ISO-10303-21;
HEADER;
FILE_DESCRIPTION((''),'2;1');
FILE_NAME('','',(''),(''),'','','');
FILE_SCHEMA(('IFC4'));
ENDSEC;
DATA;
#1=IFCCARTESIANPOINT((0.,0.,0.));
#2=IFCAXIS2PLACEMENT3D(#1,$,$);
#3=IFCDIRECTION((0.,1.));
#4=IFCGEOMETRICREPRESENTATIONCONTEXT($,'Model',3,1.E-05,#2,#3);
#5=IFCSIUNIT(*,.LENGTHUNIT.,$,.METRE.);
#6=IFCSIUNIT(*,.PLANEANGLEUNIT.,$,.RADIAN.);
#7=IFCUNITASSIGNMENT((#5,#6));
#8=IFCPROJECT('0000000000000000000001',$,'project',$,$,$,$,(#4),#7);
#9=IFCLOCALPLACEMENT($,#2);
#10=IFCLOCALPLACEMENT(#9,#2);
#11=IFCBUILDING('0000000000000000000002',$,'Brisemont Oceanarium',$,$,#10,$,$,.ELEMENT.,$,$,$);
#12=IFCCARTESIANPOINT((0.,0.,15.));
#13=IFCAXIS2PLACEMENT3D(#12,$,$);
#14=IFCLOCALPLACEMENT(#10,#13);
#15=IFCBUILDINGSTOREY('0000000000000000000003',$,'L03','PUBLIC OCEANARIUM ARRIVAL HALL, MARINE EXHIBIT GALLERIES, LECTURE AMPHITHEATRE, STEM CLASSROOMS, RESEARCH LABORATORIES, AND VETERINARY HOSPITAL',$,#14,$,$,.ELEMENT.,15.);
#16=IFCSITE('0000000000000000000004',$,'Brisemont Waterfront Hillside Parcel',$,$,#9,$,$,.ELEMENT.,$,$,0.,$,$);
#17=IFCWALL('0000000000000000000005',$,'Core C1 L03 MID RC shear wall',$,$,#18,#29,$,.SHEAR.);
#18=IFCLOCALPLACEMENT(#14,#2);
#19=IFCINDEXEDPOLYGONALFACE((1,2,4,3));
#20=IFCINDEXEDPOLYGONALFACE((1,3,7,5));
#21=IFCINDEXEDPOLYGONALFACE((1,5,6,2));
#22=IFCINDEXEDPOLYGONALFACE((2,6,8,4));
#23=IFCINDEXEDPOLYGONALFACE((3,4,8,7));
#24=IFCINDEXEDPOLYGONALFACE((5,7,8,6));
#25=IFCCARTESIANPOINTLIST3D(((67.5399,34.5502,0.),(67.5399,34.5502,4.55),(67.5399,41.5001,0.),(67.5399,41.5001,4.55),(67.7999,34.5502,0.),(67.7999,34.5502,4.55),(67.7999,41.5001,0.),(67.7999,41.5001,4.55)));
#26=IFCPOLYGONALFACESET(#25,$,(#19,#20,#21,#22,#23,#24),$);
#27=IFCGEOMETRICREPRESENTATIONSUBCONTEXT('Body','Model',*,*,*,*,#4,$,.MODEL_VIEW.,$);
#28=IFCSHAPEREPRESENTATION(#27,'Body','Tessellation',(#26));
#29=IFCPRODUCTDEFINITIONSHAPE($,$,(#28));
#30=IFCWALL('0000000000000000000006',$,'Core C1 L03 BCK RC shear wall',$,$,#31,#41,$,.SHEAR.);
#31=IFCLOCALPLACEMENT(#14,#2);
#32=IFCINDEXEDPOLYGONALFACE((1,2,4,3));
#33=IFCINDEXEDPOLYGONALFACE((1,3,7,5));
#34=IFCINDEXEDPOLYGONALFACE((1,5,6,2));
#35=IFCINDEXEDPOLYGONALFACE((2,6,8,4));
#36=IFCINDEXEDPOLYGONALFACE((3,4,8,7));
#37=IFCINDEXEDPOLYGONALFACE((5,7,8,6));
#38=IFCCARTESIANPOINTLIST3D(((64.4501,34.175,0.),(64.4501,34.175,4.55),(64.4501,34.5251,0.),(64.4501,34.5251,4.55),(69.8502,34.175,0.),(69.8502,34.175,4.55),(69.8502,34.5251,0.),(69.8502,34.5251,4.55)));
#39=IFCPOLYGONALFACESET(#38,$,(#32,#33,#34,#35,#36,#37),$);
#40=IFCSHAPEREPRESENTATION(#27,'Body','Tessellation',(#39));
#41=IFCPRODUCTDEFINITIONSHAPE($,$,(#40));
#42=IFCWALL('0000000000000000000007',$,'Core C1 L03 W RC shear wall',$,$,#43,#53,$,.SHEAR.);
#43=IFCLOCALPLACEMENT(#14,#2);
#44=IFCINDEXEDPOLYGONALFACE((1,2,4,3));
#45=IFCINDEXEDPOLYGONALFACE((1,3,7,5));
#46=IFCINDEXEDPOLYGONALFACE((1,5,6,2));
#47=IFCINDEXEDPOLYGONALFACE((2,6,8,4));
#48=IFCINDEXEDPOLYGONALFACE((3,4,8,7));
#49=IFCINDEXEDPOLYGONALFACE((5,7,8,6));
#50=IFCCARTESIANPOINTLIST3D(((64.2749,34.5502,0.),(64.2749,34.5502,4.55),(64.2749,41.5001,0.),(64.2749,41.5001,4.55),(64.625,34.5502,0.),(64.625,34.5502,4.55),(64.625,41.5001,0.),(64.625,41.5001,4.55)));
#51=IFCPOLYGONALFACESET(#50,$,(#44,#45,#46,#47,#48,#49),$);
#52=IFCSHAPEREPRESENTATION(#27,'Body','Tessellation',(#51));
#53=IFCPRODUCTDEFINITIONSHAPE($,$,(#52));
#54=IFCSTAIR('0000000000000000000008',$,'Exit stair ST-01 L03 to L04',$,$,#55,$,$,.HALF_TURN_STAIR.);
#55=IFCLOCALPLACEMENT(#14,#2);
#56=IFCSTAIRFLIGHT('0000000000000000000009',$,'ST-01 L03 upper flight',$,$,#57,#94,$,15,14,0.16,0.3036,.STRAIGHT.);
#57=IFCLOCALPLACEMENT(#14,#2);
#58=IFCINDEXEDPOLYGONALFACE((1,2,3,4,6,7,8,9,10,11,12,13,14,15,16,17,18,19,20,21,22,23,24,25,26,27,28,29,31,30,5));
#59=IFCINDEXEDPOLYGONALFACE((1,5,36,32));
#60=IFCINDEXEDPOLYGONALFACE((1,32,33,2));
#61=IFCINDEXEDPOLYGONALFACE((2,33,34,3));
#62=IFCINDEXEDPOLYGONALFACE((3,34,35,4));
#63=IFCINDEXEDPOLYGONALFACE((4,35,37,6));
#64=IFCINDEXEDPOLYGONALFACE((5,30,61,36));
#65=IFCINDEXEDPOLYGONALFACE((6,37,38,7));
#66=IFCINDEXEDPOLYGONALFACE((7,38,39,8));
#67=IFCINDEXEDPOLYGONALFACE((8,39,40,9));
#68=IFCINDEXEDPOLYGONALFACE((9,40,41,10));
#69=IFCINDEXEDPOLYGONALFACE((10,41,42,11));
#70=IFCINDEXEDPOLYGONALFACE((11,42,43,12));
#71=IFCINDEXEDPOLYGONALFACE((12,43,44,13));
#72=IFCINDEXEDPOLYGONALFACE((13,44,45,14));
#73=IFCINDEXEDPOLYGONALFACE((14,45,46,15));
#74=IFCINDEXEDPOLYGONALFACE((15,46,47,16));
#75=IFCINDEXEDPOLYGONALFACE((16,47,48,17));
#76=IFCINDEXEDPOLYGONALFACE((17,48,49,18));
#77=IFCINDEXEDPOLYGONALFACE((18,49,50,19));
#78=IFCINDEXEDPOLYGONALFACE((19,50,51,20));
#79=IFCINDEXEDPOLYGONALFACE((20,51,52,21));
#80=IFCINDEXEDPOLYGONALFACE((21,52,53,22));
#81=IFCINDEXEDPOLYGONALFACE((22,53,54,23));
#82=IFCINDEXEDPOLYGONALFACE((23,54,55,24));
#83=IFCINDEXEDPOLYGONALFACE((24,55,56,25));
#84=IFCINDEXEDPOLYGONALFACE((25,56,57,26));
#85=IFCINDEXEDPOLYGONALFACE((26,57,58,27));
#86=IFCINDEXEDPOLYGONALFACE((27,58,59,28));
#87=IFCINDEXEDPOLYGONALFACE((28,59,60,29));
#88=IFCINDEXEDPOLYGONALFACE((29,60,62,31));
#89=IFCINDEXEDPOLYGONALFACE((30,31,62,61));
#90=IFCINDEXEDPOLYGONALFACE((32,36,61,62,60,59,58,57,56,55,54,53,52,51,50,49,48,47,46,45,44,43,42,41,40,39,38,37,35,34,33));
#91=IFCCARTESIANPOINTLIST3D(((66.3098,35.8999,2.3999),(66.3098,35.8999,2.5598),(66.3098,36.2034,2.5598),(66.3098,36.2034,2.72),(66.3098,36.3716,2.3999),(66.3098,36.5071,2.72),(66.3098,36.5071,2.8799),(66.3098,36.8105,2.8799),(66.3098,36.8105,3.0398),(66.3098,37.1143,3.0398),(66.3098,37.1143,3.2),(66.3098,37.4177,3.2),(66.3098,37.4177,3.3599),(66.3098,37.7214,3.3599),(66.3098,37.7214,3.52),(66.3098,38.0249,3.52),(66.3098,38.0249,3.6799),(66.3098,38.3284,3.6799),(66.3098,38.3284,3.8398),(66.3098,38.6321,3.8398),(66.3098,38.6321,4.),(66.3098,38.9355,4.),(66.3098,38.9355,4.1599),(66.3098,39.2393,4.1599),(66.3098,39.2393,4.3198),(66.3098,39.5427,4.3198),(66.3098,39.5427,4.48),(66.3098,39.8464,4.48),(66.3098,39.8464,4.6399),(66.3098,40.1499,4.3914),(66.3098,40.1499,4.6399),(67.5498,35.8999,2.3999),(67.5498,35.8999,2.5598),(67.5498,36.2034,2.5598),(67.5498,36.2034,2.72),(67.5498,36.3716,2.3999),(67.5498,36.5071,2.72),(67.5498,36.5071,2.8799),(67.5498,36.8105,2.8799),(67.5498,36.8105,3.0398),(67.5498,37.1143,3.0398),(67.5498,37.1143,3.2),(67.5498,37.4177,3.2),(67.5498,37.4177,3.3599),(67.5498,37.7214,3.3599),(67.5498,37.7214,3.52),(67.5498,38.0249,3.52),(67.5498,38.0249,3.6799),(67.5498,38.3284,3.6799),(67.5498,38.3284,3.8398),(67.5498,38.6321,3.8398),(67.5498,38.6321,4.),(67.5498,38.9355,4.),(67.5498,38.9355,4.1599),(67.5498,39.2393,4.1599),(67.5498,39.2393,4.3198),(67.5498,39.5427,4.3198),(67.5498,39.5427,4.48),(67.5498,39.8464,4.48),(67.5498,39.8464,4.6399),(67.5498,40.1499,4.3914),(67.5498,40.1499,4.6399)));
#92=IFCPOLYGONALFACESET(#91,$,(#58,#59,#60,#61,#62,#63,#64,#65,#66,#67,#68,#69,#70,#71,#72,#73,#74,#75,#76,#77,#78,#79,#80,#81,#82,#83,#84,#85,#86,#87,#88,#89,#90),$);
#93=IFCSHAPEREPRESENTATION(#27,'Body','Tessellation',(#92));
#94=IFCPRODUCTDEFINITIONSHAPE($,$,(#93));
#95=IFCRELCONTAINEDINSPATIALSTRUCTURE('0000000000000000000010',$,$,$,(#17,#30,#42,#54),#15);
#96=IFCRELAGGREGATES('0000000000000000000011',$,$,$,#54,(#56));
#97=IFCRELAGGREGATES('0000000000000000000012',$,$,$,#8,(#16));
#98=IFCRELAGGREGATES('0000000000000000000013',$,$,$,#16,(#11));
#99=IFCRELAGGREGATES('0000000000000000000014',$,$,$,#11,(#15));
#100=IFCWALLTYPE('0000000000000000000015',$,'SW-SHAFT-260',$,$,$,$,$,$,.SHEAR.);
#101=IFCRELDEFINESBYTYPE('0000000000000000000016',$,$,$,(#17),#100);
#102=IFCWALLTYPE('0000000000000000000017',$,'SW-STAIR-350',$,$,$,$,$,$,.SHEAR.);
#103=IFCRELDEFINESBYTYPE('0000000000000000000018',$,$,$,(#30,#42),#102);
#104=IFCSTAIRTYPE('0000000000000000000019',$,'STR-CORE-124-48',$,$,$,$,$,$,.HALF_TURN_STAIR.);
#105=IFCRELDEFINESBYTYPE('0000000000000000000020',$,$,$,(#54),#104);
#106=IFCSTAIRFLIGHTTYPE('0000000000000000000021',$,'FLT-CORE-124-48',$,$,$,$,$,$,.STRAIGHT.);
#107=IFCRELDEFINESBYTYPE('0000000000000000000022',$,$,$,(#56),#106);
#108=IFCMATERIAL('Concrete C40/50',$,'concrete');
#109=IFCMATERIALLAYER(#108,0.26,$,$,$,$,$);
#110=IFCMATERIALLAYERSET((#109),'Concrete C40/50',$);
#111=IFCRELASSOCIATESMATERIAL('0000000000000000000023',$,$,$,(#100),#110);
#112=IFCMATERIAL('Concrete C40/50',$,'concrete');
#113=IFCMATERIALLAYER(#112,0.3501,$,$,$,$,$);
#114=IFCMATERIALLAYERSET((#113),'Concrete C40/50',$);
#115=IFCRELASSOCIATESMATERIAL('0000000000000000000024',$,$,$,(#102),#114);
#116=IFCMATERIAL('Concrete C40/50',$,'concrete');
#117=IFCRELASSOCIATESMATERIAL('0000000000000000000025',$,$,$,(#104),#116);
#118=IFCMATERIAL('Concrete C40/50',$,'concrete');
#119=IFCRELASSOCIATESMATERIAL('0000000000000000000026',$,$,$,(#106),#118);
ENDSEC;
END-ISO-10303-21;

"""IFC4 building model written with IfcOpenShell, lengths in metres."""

from ifc_helpers import new_model, si_unit, direction, frame, frame_2d, origin, place, context, subcontext, project, spatial, polyline, rectangle, outline, extrude, material, layer, layer_set, type_object, element, aggregate, save


model = new_model("IFC4")

# Units and contexts
model_context = context("Model", 3, precision=1e-05, world=origin(), true_north=direction((0.0, 1.0)))
body_context = subcontext(model_context, "Body", "Model", "MODEL_VIEW")
ifc_project = project(units=[si_unit("LENGTHUNIT", "METRE"), si_unit("PLANEANGLEUNIT", "RADIAN")], contexts=[model_context])

# Site, building, storey
site_placement = place(None, origin())
site = spatial("IfcSite", under=ifc_project, at=site_placement, Name="Brisemont Waterfront Hillside Parcel", CompositionType="ELEMENT", RefElevation=0.0)
building_placement = place(site_placement, origin())
building = spatial("IfcBuilding", under=site, at=building_placement, Name="Brisemont Oceanarium", CompositionType="ELEMENT")
storey_placement = place(building_placement, frame((0.0, 0.0, 15.0)))
storey = spatial("IfcBuildingStorey", under=building, at=storey_placement, Name="L03", Description="PUBLIC OCEANARIUM ARRIVAL HALL, MARINE EXHIBIT GALLERIES, LECTURE AMPHITHEATRE, STEM CLASSROOMS, RESEARCH LABORATORIES, AND VETERINARY HOSPITAL", CompositionType="ELEMENT", Elevation=15.0)

# Walls
ifc_material_1 = material(Name="Concrete C40/50", Category="concrete")
ifc_layer_1 = layer(ifc_material_1, 0.26)
ifc_layer_set_1 = layer_set([ifc_layer_1], Name="Concrete C40/50")
wall_type_1 = type_object("IfcWallType", Name="SW-SHAFT-260", PredefinedType="SHEAR", material=ifc_layer_set_1)
for number, where, z_axis, x_axis, name in (
    (1, (67.6699, 34.55, 0.0), (0.0, 0.0, 1.0), (0.0, 1.0, 0.0), "Core C1 L03 MID RC shear wall"),
):
    element("IfcWall", number, at=place(storey_placement, frame(where, z_axis=z_axis, x_axis=x_axis)), inside=storey, type_object=wall_type_1, Name=name, PredefinedType="SHEAR", context=body_context, shape_type="SweptSolid", body=[
        extrude(rectangle(XDim=6.95, YDim=0.26, at=frame_2d((3.4751, 0.0))), origin(), (0.0, 0.0, 1.0), 4.55),
    ])
ifc_material_2 = material(Name="Concrete C40/50", Category="concrete")
ifc_layer_2 = layer(ifc_material_2, 0.3501)
ifc_layer_set_2 = layer_set([ifc_layer_2], Name="Concrete C40/50")
wall_type_2 = type_object("IfcWallType", Name="SW-STAIR-350", PredefinedType="SHEAR", material=ifc_layer_set_2)
wall_1_placement = place(storey_placement, frame((64.45, 34.3501, 0.0), z_axis=(0.0, 0.0, 1.0), x_axis=(1.0, 0.0, 0.0)))
element("IfcWall", 2, at=wall_1_placement, inside=storey, type_object=wall_type_2, Name="Core C1 L03 BCK RC shear wall", PredefinedType="SHEAR", context=body_context, shape_type="SweptSolid", body=[
    extrude(rectangle(XDim=5.4001, YDim=0.3501, at=frame_2d((2.7002, 0.0))), origin(), (0.0, 0.0, 1.0), 4.55),
])
wall_2_placement = place(storey_placement, frame((64.45, 34.55, 0.0), z_axis=(0.0, 0.0, 1.0), x_axis=(0.0, 1.0, 0.0)))
element("IfcWall", 3, at=wall_2_placement, inside=storey, type_object=wall_type_2, Name="Core C1 L03 W RC shear wall", PredefinedType="SHEAR", context=body_context, shape_type="SweptSolid", body=[
    extrude(rectangle(XDim=6.95, YDim=0.3501, at=frame_2d((3.4751, 0.0))), origin(), (0.0, 0.0, 1.0), 4.55),
])

# Stair, stair flight
ifc_material_3 = material(Name="Concrete C40/50", Category="concrete")
stair_type = type_object("IfcStairType", Name="STR-CORE-124-48", PredefinedType="HALF_TURN_STAIR", material=ifc_material_3)
stair_placement = place(storey_placement, origin())
stair = element("IfcStair", 4, at=stair_placement, inside=storey, type_object=stair_type, Name="Exit stair ST-01 L03 to L04", PredefinedType="HALF_TURN_STAIR")
ifc_material_4 = material(Name="Concrete C40/50", Category="concrete")
stair_flight_type = type_object("IfcStairFlightType", Name="FLT-CORE-124-48", PredefinedType="STRAIGHT", material=ifc_material_4)
stair_flight_placement = place(storey_placement, frame((66.9299, 35.8999, 2.3999), z_axis=(0.0, 0.0, 1.0), x_axis=(0.0, 1.0, 0.0)))
stair_flight = element("IfcStairFlight", 5, at=stair_flight_placement, type_object=stair_flight_type, Name="ST-01 L03 upper flight", NumberOfRisers=15, NumberOfTreads=14, PredefinedType="STRAIGHT", RiserHeight=0.16, TreadLength=0.3036, context=body_context, shape_type="SweptSolid", body=[
    extrude(outline(polyline([(0.0, 0.0), (0.0, 0.1599), (0.3035, 0.1599), (0.3035, 0.3201), (0.6072, 0.3201), (0.6072, 0.48), (0.9106, 0.48), (0.9106, 0.6399), (1.2144, 0.6399), (1.2144, 0.8), (1.5178, 0.8), (1.5178, 0.96), (1.8215, 0.96), (1.8215, 1.1201), (2.125, 1.1201), (2.125, 1.28), (2.4285, 1.28), (2.4285, 1.4399), (2.7322, 1.4399), (2.7322, 1.6001), (3.0356, 1.6001), (3.0356, 1.76), (3.3394, 1.76), (3.3394, 1.9199), (3.6428, 1.9199), (3.6428, 2.0801), (3.9465, 2.0801), (3.9465, 2.24), (4.25, 2.24), (4.25, 2.3999), (4.25, 1.9915), (0.4717, 0.0), (0.0, 0.0)])), frame((0.0, 0.6201, 0.0), z_axis=(0.0, -1.0, 0.0), x_axis=(1.0, 0.0, 0.0)), (0.0, 0.0, 1.0), 1.24),
])
aggregate(stair, [stair_flight])

save(model, "model.ifc")
